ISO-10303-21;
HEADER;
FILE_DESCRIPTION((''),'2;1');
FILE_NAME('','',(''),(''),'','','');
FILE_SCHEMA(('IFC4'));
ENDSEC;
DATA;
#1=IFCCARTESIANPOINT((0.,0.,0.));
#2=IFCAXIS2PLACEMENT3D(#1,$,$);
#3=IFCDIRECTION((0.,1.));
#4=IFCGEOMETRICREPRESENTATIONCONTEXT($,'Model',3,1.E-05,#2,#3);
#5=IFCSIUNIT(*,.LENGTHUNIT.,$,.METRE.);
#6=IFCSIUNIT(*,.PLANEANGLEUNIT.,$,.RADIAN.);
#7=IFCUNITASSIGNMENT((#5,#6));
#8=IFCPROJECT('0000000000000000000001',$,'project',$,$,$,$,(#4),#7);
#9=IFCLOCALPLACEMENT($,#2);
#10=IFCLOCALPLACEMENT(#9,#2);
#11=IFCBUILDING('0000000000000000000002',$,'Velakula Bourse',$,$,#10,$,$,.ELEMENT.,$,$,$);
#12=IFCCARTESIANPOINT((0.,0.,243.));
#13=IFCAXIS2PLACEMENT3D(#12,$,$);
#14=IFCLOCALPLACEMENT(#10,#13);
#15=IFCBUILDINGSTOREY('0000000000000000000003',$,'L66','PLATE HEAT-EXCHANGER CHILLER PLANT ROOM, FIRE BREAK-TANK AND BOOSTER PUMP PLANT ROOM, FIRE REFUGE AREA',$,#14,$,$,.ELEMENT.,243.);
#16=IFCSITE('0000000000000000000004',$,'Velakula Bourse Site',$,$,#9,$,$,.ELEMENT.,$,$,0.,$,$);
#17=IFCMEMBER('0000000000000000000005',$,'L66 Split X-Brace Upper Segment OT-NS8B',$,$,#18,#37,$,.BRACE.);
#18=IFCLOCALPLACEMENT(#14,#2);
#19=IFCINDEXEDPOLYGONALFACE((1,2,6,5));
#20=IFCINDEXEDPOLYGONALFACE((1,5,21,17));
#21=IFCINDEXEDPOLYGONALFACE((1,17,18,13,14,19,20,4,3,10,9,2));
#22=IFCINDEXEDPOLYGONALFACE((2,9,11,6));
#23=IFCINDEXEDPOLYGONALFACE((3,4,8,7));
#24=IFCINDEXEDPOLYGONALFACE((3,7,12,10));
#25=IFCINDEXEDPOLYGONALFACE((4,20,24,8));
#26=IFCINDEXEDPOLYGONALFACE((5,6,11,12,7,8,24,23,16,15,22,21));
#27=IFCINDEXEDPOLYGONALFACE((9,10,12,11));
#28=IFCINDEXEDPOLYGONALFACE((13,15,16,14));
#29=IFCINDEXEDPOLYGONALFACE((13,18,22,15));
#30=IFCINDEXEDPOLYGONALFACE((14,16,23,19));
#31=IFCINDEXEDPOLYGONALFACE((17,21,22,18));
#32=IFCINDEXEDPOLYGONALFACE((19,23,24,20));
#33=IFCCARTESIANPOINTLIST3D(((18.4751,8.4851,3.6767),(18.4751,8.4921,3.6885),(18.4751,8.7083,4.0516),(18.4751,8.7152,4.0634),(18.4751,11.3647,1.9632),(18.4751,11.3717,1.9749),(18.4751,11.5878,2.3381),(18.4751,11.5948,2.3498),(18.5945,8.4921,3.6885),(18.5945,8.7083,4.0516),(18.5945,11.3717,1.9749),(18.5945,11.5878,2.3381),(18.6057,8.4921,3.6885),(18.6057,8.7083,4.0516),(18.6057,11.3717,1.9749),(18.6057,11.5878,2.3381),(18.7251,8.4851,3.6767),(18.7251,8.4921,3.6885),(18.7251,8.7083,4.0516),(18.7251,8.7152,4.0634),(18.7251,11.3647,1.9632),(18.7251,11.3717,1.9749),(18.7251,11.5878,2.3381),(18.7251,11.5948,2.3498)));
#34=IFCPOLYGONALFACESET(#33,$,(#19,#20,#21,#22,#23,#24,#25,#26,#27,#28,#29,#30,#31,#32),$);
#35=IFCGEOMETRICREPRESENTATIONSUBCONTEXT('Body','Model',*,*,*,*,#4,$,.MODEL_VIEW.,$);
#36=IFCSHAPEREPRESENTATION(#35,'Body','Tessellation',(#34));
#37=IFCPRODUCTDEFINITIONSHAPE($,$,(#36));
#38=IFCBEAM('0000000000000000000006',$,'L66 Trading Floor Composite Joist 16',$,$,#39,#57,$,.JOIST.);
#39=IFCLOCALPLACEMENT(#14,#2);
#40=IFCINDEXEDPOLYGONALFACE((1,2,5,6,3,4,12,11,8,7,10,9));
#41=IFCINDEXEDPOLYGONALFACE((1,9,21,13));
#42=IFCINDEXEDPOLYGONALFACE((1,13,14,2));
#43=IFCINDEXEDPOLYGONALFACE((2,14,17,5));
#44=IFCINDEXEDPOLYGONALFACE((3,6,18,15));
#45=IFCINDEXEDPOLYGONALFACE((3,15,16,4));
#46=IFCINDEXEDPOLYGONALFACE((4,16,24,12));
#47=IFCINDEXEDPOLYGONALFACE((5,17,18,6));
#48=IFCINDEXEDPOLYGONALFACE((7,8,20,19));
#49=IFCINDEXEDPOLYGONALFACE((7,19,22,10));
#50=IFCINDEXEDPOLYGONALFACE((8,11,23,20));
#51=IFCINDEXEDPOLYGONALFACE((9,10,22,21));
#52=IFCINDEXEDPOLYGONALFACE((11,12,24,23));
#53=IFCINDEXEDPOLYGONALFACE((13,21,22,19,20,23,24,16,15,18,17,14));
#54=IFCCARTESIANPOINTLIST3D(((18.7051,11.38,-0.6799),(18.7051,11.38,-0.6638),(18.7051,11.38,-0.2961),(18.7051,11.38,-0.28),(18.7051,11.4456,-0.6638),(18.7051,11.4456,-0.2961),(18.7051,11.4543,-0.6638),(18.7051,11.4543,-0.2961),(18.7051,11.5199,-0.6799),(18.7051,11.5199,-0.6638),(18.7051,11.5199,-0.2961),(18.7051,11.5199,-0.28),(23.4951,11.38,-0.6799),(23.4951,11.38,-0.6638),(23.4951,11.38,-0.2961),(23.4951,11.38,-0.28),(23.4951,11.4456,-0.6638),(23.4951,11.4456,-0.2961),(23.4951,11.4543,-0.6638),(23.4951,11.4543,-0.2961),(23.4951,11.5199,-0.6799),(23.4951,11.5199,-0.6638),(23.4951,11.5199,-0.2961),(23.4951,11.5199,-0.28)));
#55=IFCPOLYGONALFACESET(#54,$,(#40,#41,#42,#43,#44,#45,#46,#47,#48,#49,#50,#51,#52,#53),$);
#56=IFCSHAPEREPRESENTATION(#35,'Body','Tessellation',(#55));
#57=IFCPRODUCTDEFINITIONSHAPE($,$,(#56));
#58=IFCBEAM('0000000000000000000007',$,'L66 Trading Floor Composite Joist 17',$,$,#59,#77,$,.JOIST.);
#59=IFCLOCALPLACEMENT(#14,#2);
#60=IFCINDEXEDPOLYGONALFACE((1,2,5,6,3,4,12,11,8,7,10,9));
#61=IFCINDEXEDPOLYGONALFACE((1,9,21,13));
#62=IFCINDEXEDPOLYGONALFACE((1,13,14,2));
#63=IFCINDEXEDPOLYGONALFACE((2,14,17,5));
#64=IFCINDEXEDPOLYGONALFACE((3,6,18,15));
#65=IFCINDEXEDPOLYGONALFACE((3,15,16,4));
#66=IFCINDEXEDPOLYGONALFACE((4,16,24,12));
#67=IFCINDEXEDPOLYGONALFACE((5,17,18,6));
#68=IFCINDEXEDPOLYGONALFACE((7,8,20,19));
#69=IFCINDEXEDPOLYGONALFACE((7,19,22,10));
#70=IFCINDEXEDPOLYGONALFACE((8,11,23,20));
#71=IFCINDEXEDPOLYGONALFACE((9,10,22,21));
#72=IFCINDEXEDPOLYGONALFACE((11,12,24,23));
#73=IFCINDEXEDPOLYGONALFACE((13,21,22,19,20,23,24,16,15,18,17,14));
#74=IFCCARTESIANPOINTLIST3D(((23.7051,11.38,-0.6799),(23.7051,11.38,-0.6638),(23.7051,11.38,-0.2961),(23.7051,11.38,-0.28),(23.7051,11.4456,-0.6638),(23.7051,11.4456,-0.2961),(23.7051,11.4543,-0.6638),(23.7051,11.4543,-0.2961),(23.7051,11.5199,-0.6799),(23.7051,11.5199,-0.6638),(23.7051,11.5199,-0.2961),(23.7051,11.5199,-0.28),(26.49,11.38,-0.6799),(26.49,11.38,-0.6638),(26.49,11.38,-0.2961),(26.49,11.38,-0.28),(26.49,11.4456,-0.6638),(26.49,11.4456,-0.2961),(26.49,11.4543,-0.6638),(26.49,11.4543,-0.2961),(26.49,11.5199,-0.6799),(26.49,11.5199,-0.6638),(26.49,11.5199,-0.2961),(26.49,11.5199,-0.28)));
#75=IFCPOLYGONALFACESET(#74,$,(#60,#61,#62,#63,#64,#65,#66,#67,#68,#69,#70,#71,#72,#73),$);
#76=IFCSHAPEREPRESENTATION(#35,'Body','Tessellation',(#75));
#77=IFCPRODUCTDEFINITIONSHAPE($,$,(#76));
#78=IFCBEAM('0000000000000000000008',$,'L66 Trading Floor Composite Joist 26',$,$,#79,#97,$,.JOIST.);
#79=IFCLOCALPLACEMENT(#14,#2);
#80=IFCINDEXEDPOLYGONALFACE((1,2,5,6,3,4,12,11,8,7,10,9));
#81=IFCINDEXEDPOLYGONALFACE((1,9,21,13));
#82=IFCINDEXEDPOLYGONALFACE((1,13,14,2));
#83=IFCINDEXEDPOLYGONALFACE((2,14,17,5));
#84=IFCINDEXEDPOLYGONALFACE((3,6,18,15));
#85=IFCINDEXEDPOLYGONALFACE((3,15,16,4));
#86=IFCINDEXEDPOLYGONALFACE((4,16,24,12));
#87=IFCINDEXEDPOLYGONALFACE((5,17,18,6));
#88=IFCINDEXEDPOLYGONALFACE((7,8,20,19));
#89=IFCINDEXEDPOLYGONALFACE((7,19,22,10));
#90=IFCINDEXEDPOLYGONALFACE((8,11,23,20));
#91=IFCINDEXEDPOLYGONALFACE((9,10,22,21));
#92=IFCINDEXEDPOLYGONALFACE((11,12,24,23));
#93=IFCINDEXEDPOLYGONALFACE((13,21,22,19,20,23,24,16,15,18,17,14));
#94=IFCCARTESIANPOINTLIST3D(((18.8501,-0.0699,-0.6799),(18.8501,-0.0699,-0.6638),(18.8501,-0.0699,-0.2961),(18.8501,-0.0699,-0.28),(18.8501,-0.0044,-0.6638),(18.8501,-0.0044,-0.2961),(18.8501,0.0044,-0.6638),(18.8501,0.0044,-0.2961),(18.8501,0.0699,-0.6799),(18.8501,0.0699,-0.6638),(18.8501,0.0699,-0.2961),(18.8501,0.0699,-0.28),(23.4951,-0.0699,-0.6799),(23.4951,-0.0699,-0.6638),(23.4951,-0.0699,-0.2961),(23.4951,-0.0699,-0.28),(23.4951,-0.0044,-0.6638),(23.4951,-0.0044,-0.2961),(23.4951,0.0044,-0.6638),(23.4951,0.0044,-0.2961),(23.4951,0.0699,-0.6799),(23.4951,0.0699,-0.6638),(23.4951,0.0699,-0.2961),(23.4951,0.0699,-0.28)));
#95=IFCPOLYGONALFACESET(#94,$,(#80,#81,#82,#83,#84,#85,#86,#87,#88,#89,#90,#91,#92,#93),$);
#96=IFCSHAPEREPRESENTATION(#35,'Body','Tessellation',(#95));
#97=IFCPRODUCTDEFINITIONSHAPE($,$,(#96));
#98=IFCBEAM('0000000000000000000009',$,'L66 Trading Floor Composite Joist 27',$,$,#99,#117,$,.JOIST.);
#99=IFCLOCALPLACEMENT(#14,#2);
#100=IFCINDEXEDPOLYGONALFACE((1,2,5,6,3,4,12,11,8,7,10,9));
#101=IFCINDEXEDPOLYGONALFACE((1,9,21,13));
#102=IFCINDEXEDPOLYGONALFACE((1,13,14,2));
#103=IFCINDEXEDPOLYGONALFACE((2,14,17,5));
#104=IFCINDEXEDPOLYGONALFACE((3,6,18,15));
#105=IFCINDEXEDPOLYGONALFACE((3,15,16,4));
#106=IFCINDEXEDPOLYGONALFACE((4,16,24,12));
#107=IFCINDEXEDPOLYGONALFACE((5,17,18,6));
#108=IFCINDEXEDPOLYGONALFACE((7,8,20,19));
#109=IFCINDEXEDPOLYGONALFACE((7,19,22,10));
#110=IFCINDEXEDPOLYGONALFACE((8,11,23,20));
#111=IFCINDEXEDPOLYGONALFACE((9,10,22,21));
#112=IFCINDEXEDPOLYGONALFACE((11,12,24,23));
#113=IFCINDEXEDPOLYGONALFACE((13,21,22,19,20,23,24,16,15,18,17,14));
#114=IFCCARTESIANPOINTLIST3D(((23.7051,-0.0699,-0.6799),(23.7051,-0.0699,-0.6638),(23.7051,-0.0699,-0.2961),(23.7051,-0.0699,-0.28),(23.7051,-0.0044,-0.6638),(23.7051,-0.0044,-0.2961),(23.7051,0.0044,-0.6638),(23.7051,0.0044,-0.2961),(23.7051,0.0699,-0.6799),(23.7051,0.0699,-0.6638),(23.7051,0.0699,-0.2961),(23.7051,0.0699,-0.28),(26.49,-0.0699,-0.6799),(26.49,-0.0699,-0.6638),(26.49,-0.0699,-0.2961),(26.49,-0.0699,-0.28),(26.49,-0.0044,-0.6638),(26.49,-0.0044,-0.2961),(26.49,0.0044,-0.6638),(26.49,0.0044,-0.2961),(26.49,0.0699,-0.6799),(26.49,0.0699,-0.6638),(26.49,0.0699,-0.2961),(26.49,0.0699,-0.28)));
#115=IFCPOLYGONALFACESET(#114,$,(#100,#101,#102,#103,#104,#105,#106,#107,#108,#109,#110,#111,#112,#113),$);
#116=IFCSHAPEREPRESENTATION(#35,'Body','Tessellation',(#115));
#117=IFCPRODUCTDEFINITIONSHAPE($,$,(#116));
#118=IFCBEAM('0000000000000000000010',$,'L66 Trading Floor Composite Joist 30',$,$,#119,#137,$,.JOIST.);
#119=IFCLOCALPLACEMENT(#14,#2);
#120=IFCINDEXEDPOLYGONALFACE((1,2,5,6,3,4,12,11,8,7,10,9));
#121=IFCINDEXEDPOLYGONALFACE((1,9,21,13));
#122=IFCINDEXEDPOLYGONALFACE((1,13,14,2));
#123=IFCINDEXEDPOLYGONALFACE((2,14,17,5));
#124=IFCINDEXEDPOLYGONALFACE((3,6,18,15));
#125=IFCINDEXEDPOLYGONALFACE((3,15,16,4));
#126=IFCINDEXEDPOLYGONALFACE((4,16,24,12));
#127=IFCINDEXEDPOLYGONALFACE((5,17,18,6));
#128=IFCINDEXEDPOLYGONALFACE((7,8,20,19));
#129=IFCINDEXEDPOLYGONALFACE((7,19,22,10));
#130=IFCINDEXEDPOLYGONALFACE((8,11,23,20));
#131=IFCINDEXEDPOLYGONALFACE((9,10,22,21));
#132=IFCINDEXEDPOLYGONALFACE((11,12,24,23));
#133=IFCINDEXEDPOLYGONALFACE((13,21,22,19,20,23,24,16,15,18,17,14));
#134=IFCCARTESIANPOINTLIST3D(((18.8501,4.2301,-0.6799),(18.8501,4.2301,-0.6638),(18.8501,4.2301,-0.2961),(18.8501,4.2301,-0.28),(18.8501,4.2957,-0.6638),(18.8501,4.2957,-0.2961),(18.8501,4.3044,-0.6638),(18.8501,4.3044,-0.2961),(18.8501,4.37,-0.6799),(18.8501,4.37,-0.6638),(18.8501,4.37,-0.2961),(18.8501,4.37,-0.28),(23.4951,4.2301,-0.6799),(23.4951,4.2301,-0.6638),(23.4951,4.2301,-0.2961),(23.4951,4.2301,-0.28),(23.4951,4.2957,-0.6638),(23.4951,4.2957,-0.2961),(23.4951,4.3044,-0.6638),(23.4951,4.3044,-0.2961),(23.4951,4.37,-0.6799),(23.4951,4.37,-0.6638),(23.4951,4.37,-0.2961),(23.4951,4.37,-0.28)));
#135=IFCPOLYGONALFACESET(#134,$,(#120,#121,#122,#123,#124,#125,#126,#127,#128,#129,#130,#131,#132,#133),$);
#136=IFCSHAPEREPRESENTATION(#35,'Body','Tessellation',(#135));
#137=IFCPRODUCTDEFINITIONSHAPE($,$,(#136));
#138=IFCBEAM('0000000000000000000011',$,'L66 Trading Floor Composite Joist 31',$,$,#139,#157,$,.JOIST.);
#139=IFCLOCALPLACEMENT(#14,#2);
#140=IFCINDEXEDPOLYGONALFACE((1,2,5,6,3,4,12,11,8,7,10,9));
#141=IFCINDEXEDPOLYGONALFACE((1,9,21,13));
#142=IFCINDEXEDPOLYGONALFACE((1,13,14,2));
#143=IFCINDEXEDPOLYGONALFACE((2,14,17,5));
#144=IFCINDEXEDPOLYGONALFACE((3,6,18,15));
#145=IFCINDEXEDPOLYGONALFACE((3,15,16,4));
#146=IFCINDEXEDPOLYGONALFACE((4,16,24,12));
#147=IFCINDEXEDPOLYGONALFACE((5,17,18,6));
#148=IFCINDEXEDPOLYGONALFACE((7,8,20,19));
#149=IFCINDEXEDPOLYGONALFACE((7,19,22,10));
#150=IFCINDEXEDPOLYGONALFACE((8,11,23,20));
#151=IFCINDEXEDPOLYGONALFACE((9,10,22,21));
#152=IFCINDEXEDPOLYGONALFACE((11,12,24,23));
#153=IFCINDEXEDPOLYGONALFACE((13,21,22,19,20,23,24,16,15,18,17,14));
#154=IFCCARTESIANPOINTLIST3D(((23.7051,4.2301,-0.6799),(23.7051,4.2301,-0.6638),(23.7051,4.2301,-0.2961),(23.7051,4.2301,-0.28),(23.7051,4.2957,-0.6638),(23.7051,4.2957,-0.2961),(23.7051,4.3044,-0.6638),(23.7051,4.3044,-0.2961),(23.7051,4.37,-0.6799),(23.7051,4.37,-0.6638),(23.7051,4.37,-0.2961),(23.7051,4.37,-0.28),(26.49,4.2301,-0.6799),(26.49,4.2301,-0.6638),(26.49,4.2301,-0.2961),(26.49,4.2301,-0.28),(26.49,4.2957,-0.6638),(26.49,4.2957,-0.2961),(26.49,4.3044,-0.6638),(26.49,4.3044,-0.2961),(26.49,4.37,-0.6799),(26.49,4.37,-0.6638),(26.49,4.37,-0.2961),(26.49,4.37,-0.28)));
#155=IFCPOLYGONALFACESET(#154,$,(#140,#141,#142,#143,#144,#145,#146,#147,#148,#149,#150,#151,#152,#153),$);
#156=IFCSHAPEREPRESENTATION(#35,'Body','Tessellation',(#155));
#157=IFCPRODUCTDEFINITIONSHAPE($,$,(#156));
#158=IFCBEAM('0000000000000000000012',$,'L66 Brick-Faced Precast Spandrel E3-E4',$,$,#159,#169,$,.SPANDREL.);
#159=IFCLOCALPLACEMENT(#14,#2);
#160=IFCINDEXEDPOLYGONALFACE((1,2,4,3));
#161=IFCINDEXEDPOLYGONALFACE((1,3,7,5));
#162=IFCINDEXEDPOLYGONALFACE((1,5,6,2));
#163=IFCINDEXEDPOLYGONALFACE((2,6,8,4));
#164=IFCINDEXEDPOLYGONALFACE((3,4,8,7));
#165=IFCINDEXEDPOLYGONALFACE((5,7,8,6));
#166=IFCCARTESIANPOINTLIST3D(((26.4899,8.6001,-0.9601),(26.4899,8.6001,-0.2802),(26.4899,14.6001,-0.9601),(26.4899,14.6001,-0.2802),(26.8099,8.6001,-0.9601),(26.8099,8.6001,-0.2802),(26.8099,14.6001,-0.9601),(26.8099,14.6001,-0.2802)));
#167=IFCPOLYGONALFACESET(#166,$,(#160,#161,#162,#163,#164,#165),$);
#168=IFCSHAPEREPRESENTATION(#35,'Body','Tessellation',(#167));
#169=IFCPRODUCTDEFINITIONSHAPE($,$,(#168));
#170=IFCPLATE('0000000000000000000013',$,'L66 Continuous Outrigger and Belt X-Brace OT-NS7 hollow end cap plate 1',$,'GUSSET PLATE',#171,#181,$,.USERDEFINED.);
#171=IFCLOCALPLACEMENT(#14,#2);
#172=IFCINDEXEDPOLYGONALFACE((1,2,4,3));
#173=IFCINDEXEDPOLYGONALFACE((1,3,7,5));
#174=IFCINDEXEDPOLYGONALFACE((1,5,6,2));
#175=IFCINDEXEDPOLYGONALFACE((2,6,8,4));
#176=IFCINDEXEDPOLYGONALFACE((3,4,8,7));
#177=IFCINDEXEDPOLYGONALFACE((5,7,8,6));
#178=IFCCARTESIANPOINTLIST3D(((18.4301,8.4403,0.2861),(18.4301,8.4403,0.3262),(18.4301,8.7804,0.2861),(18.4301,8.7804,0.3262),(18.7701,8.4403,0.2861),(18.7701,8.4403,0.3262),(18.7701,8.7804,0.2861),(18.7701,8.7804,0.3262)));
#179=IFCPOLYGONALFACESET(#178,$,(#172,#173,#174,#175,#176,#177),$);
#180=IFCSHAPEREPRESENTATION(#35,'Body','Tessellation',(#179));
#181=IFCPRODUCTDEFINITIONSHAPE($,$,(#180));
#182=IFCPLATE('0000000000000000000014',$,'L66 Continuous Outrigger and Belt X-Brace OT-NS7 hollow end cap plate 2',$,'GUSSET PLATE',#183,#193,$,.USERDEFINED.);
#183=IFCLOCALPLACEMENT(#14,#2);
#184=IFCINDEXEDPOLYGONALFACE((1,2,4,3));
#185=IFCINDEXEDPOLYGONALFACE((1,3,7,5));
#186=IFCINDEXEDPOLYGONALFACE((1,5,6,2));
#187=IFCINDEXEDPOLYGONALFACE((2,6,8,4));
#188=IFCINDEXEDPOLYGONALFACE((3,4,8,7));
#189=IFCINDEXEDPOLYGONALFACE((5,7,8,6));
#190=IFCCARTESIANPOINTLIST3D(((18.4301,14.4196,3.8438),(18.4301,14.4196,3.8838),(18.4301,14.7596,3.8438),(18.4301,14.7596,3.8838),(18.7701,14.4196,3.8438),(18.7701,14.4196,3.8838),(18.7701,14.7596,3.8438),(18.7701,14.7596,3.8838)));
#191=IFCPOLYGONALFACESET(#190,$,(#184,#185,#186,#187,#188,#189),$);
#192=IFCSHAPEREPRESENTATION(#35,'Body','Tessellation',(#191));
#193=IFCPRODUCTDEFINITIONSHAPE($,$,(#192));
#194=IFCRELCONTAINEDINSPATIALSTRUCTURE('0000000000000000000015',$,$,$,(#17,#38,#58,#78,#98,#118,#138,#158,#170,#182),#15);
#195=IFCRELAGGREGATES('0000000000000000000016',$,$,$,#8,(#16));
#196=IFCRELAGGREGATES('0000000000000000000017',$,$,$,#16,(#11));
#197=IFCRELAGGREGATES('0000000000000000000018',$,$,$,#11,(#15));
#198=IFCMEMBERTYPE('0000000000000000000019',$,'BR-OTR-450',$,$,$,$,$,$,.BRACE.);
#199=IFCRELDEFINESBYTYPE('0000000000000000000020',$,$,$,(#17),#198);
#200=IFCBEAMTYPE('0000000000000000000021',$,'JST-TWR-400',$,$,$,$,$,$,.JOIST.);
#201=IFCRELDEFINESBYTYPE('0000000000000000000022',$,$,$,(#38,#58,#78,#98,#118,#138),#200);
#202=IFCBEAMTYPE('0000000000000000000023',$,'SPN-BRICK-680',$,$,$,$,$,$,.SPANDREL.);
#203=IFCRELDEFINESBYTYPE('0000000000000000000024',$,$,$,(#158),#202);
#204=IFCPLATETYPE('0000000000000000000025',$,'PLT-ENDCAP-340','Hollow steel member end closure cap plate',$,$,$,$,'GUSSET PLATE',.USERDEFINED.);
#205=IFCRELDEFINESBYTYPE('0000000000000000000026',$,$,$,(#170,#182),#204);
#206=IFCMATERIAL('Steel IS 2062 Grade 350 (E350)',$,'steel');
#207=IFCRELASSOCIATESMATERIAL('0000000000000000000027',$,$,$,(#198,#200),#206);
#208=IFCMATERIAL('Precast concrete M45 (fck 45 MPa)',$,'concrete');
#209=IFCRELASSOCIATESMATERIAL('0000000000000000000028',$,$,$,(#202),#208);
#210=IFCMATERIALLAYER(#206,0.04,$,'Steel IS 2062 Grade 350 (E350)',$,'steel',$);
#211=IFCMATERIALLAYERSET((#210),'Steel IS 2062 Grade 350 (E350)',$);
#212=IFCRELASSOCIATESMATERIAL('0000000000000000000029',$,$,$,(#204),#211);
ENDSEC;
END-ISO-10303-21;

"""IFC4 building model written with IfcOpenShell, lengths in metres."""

from ifc_helpers import new_model, si_unit, direction, frame, origin, origin_2d, place, context, subcontext, project, spatial, rectangle, i_section, extrude, material, layer, layer_set, material_profile, profile_set, type_object, element, save


model = new_model("IFC4")

# Units and contexts
model_context = context("Model", 3, precision=1e-05, world=origin(), true_north=direction((0.0, 1.0)))
body_context = subcontext(model_context, "Body", "Model", "MODEL_VIEW")
ifc_project = project(units=[si_unit("LENGTHUNIT", "METRE"), si_unit("PLANEANGLEUNIT", "RADIAN")], contexts=[model_context])

# Site, building, storey
site_placement = place(None, origin())
site = spatial("IfcSite", under=ifc_project, at=site_placement, Name="Velakula Bourse Site", CompositionType="ELEMENT", RefElevation=0.0)
building_placement = place(site_placement, origin())
building = spatial("IfcBuilding", under=site, at=building_placement, Name="Velakula Bourse", CompositionType="ELEMENT")
storey_placement = place(building_placement, frame((0.0, 0.0, 243.0)))
storey = spatial("IfcBuildingStorey", under=building, at=storey_placement, Name="L66", Description="PLATE HEAT-EXCHANGER CHILLER PLANT ROOM, FIRE BREAK-TANK AND BOOSTER PUMP PLANT ROOM, FIRE REFUGE AREA", CompositionType="ELEMENT", Elevation=243.0)

# Shared definitions
ifc_material_1 = material(Name="Steel IS 2062 Grade 350 (E350)", Category="steel")

# Member
ifc_material_profile_1 = material_profile(ifc_material_1, i_section(OverallWidth=0.25, OverallDepth=0.45, WebThickness=0.0112, FlangeThickness=0.0137, at=origin_2d()), Name="Steel IS 2062 Grade 350 (E350)")
ifc_profile_set_1 = profile_set([ifc_material_profile_1], Name="Steel IS 2062 Grade 350 (E350)")
member_type = type_object("IfcMemberType", Name="BR-OTR-450", PredefinedType="BRACE", material=ifc_profile_set_1)
member_1_placement = place(storey_placement, frame((18.6001, 11.4797, 2.1565), z_axis=(0.0, -0.859352, 0.511385), x_axis=(1.0, 0.0, 0.0)))
element("IfcMember", 1, at=member_1_placement, inside=storey, type_object=member_type, Name="L66 Split X-Brace Upper Segment OT-NS8B", PredefinedType="BRACE", context=body_context, shape_type="SweptSolid", body=[
    extrude(i_section(OverallWidth=0.25, OverallDepth=0.45, WebThickness=0.0112, FlangeThickness=0.0137, at=origin_2d()), origin(), (0.0, 0.0, 1.0), 3.3508),
])

# Beams
ifc_material_profile_2 = material_profile(ifc_material_1, i_section(OverallWidth=0.1399, OverallDepth=0.3999, WebThickness=0.0088, FlangeThickness=0.0161, at=origin_2d()), Name="Steel IS 2062 Grade 350 (E350)")
ifc_profile_set_2 = profile_set([ifc_material_profile_2], Name="Steel IS 2062 Grade 350 (E350)")
beam_type_1 = type_object("IfcBeamType", Name="JST-TWR-400", PredefinedType="JOIST", material=ifc_profile_set_2)
beam_1_placement = place(storey_placement, frame((18.7051, 11.45, -0.48), z_axis=(1.0, 0.0, 0.0), x_axis=(0.0, 1.0, 0.0)))
element("IfcBeam", 2, at=beam_1_placement, inside=storey, type_object=beam_type_1, Name="L66 Trading Floor Composite Joist 16", PredefinedType="JOIST", context=body_context, shape_type="SweptSolid", body=[
    extrude(i_section(OverallWidth=0.1399, OverallDepth=0.3999, WebThickness=0.0088, FlangeThickness=0.0161, at=origin_2d()), origin(), (0.0, 0.0, 1.0), 4.79),
])
beam_2_placement = place(storey_placement, frame((23.7051, 11.45, -0.48), z_axis=(1.0, 0.0, 0.0), x_axis=(0.0, 1.0, 0.0)))
element("IfcBeam", 3, at=beam_2_placement, inside=storey, type_object=beam_type_1, Name="L66 Trading Floor Composite Joist 17", PredefinedType="JOIST", context=body_context, shape_type="SweptSolid", body=[
    extrude(i_section(OverallWidth=0.1399, OverallDepth=0.3999, WebThickness=0.0088, FlangeThickness=0.0161, at=origin_2d()), origin(), (0.0, 0.0, 1.0), 2.7849),
])
beam_3_placement = place(storey_placement, frame((18.8501, 0.0, -0.48), z_axis=(1.0, 0.0, 0.0), x_axis=(0.0, 1.0, 0.0)))
element("IfcBeam", 4, at=beam_3_placement, inside=storey, type_object=beam_type_1, Name="L66 Trading Floor Composite Joist 26", PredefinedType="JOIST", context=body_context, shape_type="SweptSolid", body=[
    extrude(i_section(OverallWidth=0.1399, OverallDepth=0.3999, WebThickness=0.0088, FlangeThickness=0.0161, at=origin_2d()), origin(), (0.0, 0.0, 1.0), 4.645),
])
beam_4_placement = place(storey_placement, frame((23.7051, 0.0, -0.48), z_axis=(1.0, 0.0, 0.0), x_axis=(0.0, 1.0, 0.0)))
element("IfcBeam", 5, at=beam_4_placement, inside=storey, type_object=beam_type_1, Name="L66 Trading Floor Composite Joist 27", PredefinedType="JOIST", context=body_context, shape_type="SweptSolid", body=[
    extrude(i_section(OverallWidth=0.1399, OverallDepth=0.3999, WebThickness=0.0088, FlangeThickness=0.0161, at=origin_2d()), origin(), (0.0, 0.0, 1.0), 2.7849),
])
beam_5_placement = place(storey_placement, frame((18.8501, 4.3, -0.48), z_axis=(1.0, 0.0, 0.0), x_axis=(0.0, 1.0, 0.0)))
element("IfcBeam", 6, at=beam_5_placement, inside=storey, type_object=beam_type_1, Name="L66 Trading Floor Composite Joist 30", PredefinedType="JOIST", context=body_context, shape_type="SweptSolid", body=[
    extrude(i_section(OverallWidth=0.1399, OverallDepth=0.3999, WebThickness=0.0088, FlangeThickness=0.0161, at=origin_2d()), origin(), (0.0, 0.0, 1.0), 4.645),
])
beam_6_placement = place(storey_placement, frame((23.7051, 4.3, -0.48), z_axis=(1.0, 0.0, 0.0), x_axis=(0.0, 1.0, 0.0)))
element("IfcBeam", 7, at=beam_6_placement, inside=storey, type_object=beam_type_1, Name="L66 Trading Floor Composite Joist 31", PredefinedType="JOIST", context=body_context, shape_type="SweptSolid", body=[
    extrude(i_section(OverallWidth=0.1399, OverallDepth=0.3999, WebThickness=0.0088, FlangeThickness=0.0161, at=origin_2d()), origin(), (0.0, 0.0, 1.0), 2.7849),
])
ifc_material_2 = material(Name="Precast concrete M45 (fck 45 MPa)", Category="concrete")
ifc_material_profile_3 = material_profile(ifc_material_2, rectangle(XDim=0.3201, YDim=0.6799, at=origin_2d()), Name="Precast concrete M45 (fck 45 MPa)")
ifc_profile_set_3 = profile_set([ifc_material_profile_3], Name="Precast concrete M45 (fck 45 MPa)")
beam_type_2 = type_object("IfcBeamType", Name="SPN-BRICK-680", PredefinedType="SPANDREL", material=ifc_profile_set_3)
beam_7_placement = place(storey_placement, frame((26.6499, 8.6001, -0.6201), z_axis=(0.0, 1.0, 0.0), x_axis=(-1.0, 0.0, 0.0)))
element("IfcBeam", 8, at=beam_7_placement, inside=storey, type_object=beam_type_2, Name="L66 Brick-Faced Precast Spandrel E3-E4", PredefinedType="SPANDREL", context=body_context, shape_type="SweptSolid", body=[
    extrude(rectangle(XDim=0.3201, YDim=0.6799, at=origin_2d()), origin(), (0.0, 0.0, 1.0), 6.0),
])

# Plates
ifc_layer_1 = layer(ifc_material_1, 0.04, Name="Steel IS 2062 Grade 350 (E350)", Category="steel")
ifc_layer_set_1 = layer_set([ifc_layer_1], Name="Steel IS 2062 Grade 350 (E350)")
plate_type_1 = type_object("IfcPlateType", Name="PLT-ENDCAP-340", Description="Hollow steel member end closure cap plate", ElementType="GUSSET PLATE", PredefinedType="USERDEFINED", material=ifc_layer_set_1)
for number, where, z_axis, x_axis, name in (
    (9, (18.6001, 8.6104, 0.2861), (0.0, 0.0, 1.0), (0.0, 1.0, 0.0), "L66 Continuous Outrigger and Belt X-Brace OT-NS7 hollow end cap plate 1"),
    (10, (18.6001, 14.5896, 3.8438), (0.0, 0.0, 1.0), (0.0, 1.0, 0.0), "L66 Continuous Outrigger and Belt X-Brace OT-NS7 hollow end cap plate 2"),
):
    element("IfcPlate", number, at=place(storey_placement, frame(where, z_axis=z_axis, x_axis=x_axis)), inside=storey, type_object=plate_type_1, Name=name, ObjectType="GUSSET PLATE", PredefinedType="USERDEFINED", context=body_context, shape_type="SweptSolid", body=[
        extrude(rectangle(XDim=0.3401, YDim=0.3401, at=origin_2d()), origin(), (0.0, 0.0, 1.0), 0.04),
    ])

save(model, "model.ifc")
